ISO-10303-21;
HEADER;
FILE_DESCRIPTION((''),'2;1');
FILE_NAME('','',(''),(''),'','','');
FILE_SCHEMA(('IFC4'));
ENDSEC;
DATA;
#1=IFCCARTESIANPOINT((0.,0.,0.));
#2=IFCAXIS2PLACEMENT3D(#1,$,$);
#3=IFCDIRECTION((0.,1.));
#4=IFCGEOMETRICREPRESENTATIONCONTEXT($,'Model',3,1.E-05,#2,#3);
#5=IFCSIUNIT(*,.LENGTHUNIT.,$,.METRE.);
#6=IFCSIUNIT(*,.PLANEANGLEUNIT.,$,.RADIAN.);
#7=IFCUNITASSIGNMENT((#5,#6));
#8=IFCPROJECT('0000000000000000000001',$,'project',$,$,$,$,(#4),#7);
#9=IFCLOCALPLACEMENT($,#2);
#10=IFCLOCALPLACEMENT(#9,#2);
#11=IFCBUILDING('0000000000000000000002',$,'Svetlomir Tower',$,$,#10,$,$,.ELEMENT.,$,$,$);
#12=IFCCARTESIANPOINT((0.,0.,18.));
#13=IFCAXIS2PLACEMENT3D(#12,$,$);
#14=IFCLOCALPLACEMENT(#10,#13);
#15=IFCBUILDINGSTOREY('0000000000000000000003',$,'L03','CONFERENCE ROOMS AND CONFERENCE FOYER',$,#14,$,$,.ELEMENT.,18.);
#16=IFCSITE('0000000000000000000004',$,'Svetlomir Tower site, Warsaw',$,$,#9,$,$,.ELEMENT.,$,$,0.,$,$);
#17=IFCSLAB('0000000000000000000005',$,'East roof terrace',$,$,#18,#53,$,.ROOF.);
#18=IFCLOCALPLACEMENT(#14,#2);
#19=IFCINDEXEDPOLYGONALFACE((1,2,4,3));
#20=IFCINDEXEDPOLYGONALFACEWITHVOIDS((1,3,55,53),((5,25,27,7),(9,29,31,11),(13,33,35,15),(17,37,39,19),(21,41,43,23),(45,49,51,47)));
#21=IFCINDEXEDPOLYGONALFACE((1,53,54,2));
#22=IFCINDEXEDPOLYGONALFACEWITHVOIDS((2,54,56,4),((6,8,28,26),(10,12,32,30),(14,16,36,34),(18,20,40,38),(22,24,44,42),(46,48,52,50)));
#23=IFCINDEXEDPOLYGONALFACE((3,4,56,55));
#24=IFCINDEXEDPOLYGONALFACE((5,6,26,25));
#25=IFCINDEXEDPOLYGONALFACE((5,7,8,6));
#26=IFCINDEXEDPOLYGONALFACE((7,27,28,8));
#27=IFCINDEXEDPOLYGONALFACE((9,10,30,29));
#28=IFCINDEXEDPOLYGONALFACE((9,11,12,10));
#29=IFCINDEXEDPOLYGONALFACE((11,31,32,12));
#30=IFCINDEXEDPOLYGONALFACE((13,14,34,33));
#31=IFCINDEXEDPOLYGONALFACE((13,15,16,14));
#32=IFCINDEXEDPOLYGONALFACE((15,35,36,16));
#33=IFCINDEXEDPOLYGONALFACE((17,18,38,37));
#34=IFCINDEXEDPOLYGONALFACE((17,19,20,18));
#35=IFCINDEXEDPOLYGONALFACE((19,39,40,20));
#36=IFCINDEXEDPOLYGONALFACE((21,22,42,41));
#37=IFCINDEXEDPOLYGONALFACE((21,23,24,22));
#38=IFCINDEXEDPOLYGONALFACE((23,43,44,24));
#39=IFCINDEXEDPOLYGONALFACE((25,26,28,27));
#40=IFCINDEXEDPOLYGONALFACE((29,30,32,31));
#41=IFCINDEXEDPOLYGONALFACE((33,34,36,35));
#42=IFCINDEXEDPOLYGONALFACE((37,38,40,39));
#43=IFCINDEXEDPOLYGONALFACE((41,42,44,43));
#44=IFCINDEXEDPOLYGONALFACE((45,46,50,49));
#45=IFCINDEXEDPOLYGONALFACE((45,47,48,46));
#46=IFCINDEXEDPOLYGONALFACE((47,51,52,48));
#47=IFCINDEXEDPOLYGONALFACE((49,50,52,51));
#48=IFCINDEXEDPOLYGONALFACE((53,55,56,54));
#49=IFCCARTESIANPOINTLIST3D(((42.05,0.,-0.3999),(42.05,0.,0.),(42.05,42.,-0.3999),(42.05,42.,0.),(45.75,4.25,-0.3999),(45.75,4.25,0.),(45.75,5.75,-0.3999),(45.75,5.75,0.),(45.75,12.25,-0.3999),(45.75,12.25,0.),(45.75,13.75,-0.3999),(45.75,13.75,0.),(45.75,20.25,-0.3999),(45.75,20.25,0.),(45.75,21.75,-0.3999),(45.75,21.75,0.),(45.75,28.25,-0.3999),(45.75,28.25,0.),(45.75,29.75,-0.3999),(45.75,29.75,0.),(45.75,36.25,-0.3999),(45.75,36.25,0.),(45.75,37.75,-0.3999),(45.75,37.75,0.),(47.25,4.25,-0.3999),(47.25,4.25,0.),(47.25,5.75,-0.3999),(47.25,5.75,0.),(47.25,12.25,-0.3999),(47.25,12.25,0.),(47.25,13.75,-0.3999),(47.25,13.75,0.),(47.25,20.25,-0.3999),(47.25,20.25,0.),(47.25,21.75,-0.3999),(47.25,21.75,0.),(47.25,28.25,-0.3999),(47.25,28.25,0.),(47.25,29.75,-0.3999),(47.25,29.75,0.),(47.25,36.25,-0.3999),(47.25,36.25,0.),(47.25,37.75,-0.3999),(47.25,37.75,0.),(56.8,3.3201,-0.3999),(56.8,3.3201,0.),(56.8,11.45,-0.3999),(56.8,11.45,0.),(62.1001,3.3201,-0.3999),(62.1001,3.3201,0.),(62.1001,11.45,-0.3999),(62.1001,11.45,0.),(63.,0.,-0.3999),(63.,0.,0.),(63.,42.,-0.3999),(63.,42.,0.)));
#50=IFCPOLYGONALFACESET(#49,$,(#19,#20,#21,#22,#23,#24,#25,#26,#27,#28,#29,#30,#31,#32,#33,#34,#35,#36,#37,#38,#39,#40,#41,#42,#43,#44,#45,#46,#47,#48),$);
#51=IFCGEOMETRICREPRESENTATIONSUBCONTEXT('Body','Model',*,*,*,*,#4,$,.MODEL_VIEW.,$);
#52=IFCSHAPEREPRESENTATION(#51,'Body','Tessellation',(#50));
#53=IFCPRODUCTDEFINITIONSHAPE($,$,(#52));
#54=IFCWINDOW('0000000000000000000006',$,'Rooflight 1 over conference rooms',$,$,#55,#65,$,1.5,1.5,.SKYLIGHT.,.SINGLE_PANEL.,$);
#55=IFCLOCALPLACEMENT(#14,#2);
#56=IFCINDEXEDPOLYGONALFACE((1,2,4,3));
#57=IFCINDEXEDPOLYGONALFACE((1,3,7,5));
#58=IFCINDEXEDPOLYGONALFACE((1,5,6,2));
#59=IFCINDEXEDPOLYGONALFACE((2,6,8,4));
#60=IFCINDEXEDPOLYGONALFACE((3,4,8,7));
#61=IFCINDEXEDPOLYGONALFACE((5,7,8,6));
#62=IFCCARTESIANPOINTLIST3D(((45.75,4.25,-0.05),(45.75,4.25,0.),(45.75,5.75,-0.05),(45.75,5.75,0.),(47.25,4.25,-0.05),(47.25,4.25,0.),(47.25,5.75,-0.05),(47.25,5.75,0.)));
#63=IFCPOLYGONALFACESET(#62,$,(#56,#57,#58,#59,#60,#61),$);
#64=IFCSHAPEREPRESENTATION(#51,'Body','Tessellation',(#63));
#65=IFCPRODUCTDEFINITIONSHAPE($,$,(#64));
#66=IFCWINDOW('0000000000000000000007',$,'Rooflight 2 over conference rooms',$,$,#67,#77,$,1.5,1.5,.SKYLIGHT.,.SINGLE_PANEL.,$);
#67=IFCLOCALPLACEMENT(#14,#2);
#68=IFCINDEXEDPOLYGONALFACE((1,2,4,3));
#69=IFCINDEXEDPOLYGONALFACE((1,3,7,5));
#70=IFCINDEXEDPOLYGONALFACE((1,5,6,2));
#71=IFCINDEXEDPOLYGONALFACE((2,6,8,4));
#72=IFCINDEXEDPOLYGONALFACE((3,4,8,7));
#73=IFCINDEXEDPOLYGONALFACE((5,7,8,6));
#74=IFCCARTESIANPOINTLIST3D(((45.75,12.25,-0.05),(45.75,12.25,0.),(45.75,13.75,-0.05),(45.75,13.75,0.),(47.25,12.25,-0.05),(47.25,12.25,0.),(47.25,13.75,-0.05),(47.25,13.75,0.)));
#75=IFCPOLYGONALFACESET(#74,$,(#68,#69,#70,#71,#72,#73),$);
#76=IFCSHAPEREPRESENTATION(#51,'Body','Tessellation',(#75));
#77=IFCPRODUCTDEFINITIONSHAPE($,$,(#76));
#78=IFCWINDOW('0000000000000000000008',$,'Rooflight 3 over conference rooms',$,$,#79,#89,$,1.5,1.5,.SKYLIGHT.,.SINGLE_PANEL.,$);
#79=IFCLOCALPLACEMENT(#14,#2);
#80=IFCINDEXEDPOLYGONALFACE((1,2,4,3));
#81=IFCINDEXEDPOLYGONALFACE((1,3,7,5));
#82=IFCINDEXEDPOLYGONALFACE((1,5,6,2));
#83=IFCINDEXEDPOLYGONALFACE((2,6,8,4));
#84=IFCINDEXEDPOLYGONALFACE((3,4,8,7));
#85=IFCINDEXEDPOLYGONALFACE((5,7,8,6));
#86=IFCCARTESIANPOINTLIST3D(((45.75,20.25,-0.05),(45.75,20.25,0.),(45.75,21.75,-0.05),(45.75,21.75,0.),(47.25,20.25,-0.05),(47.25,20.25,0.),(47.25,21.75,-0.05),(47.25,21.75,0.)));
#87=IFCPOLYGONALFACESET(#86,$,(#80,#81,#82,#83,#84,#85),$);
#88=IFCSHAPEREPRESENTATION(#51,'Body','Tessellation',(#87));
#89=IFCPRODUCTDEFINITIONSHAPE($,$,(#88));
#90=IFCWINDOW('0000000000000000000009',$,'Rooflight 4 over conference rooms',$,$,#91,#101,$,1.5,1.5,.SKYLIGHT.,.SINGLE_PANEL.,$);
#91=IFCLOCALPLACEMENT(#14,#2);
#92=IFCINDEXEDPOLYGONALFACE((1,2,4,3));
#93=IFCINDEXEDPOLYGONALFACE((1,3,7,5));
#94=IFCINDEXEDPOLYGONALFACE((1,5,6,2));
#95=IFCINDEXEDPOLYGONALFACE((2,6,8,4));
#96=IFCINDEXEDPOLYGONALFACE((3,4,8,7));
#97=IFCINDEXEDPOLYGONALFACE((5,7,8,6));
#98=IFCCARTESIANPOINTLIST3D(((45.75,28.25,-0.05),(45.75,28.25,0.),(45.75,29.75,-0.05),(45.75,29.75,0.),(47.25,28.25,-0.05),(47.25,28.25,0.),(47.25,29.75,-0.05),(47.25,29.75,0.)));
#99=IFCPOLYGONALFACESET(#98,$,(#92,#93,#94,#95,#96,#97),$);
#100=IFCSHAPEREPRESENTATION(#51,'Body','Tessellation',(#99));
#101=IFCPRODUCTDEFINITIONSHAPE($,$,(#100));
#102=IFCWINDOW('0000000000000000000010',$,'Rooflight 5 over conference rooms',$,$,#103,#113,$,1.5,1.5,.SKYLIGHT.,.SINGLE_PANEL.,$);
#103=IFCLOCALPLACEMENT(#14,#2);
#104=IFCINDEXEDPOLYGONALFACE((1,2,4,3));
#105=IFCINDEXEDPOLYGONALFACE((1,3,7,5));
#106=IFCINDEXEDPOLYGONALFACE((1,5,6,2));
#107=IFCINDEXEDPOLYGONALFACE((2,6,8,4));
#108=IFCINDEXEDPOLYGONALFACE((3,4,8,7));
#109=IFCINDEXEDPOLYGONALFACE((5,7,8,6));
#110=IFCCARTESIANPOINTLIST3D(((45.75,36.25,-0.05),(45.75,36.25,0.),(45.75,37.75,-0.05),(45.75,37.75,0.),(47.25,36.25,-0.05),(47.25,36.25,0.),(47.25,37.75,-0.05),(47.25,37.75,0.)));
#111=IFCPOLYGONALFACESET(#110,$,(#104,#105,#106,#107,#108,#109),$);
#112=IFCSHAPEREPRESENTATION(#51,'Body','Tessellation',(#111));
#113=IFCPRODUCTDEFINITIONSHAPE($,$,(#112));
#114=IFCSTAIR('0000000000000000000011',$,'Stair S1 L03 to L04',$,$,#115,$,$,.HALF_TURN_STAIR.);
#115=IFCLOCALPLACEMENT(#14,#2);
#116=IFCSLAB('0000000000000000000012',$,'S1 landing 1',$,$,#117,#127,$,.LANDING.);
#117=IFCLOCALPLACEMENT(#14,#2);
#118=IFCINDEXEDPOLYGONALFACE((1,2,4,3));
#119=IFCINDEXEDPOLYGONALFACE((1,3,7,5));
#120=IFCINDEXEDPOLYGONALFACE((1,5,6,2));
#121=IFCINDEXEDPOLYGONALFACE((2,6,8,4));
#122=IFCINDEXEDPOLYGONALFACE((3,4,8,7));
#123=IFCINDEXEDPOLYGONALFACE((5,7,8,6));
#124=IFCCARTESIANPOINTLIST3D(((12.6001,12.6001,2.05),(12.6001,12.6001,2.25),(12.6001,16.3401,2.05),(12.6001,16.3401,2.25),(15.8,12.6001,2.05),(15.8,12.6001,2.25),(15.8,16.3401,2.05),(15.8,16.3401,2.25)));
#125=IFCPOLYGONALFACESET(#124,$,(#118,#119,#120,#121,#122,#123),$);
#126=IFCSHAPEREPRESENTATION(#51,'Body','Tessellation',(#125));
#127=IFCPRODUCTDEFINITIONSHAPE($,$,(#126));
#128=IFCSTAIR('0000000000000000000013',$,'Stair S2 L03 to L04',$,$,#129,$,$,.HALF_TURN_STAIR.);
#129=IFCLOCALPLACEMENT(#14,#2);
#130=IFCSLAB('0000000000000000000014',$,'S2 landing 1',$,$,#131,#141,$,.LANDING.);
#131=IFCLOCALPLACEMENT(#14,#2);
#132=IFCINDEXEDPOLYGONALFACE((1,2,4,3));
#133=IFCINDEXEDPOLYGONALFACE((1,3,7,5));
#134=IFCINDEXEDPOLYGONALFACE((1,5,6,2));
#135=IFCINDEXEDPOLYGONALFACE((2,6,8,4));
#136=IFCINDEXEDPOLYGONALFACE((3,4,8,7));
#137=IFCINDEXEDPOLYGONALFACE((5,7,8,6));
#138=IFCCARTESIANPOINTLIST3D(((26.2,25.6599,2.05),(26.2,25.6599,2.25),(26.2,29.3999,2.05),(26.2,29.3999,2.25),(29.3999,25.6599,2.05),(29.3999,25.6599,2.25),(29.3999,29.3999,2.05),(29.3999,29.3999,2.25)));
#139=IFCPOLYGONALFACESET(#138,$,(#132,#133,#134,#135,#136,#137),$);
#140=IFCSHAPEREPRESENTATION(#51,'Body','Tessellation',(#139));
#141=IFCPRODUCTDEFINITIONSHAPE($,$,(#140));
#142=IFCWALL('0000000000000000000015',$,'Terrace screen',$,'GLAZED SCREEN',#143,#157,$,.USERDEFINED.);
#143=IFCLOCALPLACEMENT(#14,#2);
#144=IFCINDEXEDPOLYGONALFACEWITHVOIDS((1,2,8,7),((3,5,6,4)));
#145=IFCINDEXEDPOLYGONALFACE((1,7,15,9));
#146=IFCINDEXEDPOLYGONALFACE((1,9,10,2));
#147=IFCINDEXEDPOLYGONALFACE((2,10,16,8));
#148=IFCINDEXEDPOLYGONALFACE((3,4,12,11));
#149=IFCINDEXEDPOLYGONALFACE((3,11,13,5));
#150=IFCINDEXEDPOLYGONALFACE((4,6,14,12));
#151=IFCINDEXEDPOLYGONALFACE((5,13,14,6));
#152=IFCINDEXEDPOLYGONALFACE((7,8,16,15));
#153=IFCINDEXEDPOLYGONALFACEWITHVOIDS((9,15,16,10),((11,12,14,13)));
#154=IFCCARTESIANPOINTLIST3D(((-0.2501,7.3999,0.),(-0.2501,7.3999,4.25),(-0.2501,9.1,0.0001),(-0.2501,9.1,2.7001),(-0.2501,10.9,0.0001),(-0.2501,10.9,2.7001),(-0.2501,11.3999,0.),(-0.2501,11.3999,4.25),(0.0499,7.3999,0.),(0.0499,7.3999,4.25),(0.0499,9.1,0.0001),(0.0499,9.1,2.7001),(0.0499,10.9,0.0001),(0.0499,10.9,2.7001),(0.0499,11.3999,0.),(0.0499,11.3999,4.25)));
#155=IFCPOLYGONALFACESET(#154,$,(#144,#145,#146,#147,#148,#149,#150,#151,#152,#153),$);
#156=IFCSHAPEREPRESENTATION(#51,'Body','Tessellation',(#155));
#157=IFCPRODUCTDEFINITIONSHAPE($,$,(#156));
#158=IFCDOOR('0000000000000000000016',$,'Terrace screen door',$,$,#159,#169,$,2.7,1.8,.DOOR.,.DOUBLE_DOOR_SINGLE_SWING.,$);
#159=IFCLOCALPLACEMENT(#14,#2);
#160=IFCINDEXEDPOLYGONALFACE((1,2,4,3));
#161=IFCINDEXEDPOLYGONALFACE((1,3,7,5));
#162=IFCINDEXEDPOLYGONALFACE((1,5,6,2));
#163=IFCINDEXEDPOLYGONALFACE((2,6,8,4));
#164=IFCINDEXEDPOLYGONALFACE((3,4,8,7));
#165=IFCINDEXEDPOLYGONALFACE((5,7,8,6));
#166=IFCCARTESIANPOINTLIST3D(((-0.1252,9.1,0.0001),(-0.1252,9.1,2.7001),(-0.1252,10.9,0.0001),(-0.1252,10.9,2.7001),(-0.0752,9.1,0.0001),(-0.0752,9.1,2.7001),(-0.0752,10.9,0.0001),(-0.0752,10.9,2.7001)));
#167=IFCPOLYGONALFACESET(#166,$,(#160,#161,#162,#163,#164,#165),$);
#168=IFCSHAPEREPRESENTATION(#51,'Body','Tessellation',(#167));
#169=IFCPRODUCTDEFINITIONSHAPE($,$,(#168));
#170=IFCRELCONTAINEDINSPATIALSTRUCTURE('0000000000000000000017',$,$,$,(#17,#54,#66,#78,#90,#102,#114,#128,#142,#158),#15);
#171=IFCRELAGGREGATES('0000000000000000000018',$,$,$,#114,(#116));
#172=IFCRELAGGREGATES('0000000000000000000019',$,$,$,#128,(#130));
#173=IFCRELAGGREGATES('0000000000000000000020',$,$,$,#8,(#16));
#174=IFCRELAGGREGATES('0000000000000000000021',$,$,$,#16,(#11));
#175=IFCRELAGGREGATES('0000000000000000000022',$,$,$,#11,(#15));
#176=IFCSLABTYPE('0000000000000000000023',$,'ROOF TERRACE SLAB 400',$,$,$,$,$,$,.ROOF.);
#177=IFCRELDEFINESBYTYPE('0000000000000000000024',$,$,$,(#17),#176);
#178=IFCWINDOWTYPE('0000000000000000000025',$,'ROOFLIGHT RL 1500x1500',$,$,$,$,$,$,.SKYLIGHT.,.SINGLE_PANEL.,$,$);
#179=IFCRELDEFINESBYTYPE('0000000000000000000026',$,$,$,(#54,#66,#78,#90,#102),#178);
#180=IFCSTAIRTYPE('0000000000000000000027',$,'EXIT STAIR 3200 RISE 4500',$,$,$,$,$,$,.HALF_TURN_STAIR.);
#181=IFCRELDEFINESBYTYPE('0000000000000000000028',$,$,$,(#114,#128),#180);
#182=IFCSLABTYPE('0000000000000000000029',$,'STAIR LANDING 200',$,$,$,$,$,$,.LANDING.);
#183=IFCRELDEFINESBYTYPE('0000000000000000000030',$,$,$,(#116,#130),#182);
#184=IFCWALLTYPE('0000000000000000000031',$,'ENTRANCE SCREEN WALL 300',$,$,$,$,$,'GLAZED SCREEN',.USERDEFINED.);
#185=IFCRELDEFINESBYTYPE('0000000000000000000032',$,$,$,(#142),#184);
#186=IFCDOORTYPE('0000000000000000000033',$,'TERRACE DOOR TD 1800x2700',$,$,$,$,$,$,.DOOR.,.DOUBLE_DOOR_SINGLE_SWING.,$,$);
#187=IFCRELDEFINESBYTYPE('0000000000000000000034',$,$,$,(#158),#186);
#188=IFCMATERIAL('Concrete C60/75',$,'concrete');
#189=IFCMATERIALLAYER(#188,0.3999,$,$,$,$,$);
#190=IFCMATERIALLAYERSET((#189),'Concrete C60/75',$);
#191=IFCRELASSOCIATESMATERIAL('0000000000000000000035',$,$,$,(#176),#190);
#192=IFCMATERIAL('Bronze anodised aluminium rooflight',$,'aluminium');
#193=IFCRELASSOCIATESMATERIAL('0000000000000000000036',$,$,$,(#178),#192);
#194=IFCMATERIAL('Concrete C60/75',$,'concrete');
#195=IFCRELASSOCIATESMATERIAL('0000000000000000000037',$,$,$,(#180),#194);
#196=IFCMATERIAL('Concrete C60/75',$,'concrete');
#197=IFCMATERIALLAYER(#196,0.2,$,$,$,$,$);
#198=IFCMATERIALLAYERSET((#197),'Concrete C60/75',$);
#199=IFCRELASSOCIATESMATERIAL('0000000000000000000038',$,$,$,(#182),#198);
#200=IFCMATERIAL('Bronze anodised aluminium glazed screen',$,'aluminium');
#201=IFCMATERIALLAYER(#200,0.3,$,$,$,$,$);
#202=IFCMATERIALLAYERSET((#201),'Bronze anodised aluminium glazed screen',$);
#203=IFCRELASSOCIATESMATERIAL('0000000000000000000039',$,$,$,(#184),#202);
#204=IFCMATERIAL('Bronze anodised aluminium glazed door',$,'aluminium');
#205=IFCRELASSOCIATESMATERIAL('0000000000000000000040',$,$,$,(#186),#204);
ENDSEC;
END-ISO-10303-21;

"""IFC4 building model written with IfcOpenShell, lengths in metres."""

from ifc_helpers import new_model, si_unit, direction, frame, frame_2d, origin, origin_2d, place, context, subcontext, project, spatial, polyline, rectangle, outline, extrude, material, layer, layer_set, type_object, element, fill, aggregate, save


model = new_model("IFC4")

# Units and contexts
model_context = context("Model", 3, precision=1e-05, world=origin(), true_north=direction((0.0, 1.0)))
body_context = subcontext(model_context, "Body", "Model", "MODEL_VIEW")
ifc_project = project(units=[si_unit("LENGTHUNIT", "METRE"), si_unit("PLANEANGLEUNIT", "RADIAN")], contexts=[model_context])

# Site, building, storey
site_placement = place(None, origin())
site = spatial("IfcSite", under=ifc_project, at=site_placement, Name="Svetlomir Tower site, Warsaw", CompositionType="ELEMENT", RefElevation=0.0)
building_placement = place(site_placement, origin())
building = spatial("IfcBuilding", under=site, at=building_placement, Name="Svetlomir Tower", CompositionType="ELEMENT")
storey_placement = place(building_placement, frame((0.0, 0.0, 18.0)))
storey = spatial("IfcBuildingStorey", under=building, at=storey_placement, Name="L03", Description="CONFERENCE ROOMS AND CONFERENCE FOYER", CompositionType="ELEMENT", Elevation=18.0)

# Shared definitions
ifc_material_1 = material(Name="Concrete C60/75", Category="concrete")
ifc_layer_1 = layer(ifc_material_1, 0.3999)
ifc_layer_set_1 = layer_set([ifc_layer_1], Name="Concrete C60/75")
slab_type_1 = type_object("IfcSlabType", Name="ROOF TERRACE SLAB 400", PredefinedType="ROOF", material=ifc_layer_set_1)

# Slab, openings, windows
slab_1_placement = place(storey_placement, frame((0.0, 0.0, -0.3999)))
slab_1 = element("IfcSlab", 1, at=slab_1_placement, inside=storey, type_object=slab_type_1, Name="East roof terrace", PredefinedType="ROOF", context=body_context, shape_type="SweptSolid", body=[
    extrude(outline(polyline([(42.05, 0.0), (63.0, 0.0), (63.0, 42.0), (42.05, 42.0), (42.05, 0.0)]), holes=[polyline([(56.8, 3.3201), (62.1001, 3.3201), (62.1001, 11.45), (56.8, 11.45), (56.8, 3.3201)])]), origin(), (0.0, 0.0, 1.0), 0.3999),
])
opening_1_placement = place(slab_1_placement, frame((46.5, 5.0, 0.0)))
opening_1 = element("IfcOpeningElement", 2, at=opening_1_placement, cuts=slab_1, PredefinedType="OPENING", context=body_context, shape_type="SweptSolid", body=[
    extrude(rectangle(XDim=1.5, YDim=1.5, at=origin_2d()), origin(), (0.0, 0.0, 1.0), 0.3999),
])
opening_2_placement = place(slab_1_placement, frame((46.5, 13.0, 0.0)))
opening_2 = element("IfcOpeningElement", 3, at=opening_2_placement, cuts=slab_1, PredefinedType="OPENING", context=body_context, shape_type="SweptSolid", body=[
    extrude(rectangle(XDim=1.5, YDim=1.5, at=origin_2d()), origin(), (0.0, 0.0, 1.0), 0.3999),
])
opening_3_placement = place(slab_1_placement, frame((46.5, 21.0, 0.0)))
opening_3 = element("IfcOpeningElement", 4, at=opening_3_placement, cuts=slab_1, PredefinedType="OPENING", context=body_context, shape_type="SweptSolid", body=[
    extrude(rectangle(XDim=1.5, YDim=1.5, at=origin_2d()), origin(), (0.0, 0.0, 1.0), 0.3999),
])
opening_4_placement = place(slab_1_placement, frame((46.5, 29.0, 0.0)))
opening_4 = element("IfcOpeningElement", 5, at=opening_4_placement, cuts=slab_1, PredefinedType="OPENING", context=body_context, shape_type="SweptSolid", body=[
    extrude(rectangle(XDim=1.5, YDim=1.5, at=origin_2d()), origin(), (0.0, 0.0, 1.0), 0.3999),
])
opening_5_placement = place(slab_1_placement, frame((46.5, 37.0, 0.0)))
opening_5 = element("IfcOpeningElement", 6, at=opening_5_placement, cuts=slab_1, PredefinedType="OPENING", context=body_context, shape_type="SweptSolid", body=[
    extrude(rectangle(XDim=1.5, YDim=1.5, at=origin_2d()), origin(), (0.0, 0.0, 1.0), 0.3999),
])
ifc_material_2 = material(Name="Bronze anodised aluminium rooflight", Category="aluminium")
window_type = type_object("IfcWindowType", Name="ROOFLIGHT RL 1500x1500", PartitioningType="SINGLE_PANEL", PredefinedType="SKYLIGHT", material=ifc_material_2)
window_1_placement = place(opening_1_placement, frame((0.0, 0.0, 0.3499)))
window_1 = element("IfcWindow", 7, at=window_1_placement, inside=storey, type_object=window_type, Name="Rooflight 1 over conference rooms", OverallHeight=1.5, OverallWidth=1.5, PartitioningType="SINGLE_PANEL", PredefinedType="SKYLIGHT", context=body_context, shape_type="SweptSolid", body=[
    extrude(rectangle(XDim=1.5, YDim=1.5, at=origin_2d()), origin(), (0.0, 0.0, 1.0), 0.05),
])
fill(opening_1, window_1)
window_2_placement = place(opening_2_placement, frame((0.0, 0.0, 0.3499)))
window_2 = element("IfcWindow", 8, at=window_2_placement, inside=storey, type_object=window_type, Name="Rooflight 2 over conference rooms", OverallHeight=1.5, OverallWidth=1.5, PartitioningType="SINGLE_PANEL", PredefinedType="SKYLIGHT", context=body_context, shape_type="SweptSolid", body=[
    extrude(rectangle(XDim=1.5, YDim=1.5, at=origin_2d()), origin(), (0.0, 0.0, 1.0), 0.05),
])
fill(opening_2, window_2)
window_3_placement = place(opening_3_placement, frame((0.0, 0.0, 0.3499)))
window_3 = element("IfcWindow", 9, at=window_3_placement, inside=storey, type_object=window_type, Name="Rooflight 3 over conference rooms", OverallHeight=1.5, OverallWidth=1.5, PartitioningType="SINGLE_PANEL", PredefinedType="SKYLIGHT", context=body_context, shape_type="SweptSolid", body=[
    extrude(rectangle(XDim=1.5, YDim=1.5, at=origin_2d()), origin(), (0.0, 0.0, 1.0), 0.05),
])
fill(opening_3, window_3)
window_4_placement = place(opening_4_placement, frame((0.0, 0.0, 0.3499)))
window_4 = element("IfcWindow", 10, at=window_4_placement, inside=storey, type_object=window_type, Name="Rooflight 4 over conference rooms", OverallHeight=1.5, OverallWidth=1.5, PartitioningType="SINGLE_PANEL", PredefinedType="SKYLIGHT", context=body_context, shape_type="SweptSolid", body=[
    extrude(rectangle(XDim=1.5, YDim=1.5, at=origin_2d()), origin(), (0.0, 0.0, 1.0), 0.05),
])
fill(opening_4, window_4)
window_5_placement = place(opening_5_placement, frame((0.0, 0.0, 0.3499)))
window_5 = element("IfcWindow", 11, at=window_5_placement, inside=storey, type_object=window_type, Name="Rooflight 5 over conference rooms", OverallHeight=1.5, OverallWidth=1.5, PartitioningType="SINGLE_PANEL", PredefinedType="SKYLIGHT", context=body_context, shape_type="SweptSolid", body=[
    extrude(rectangle(XDim=1.5, YDim=1.5, at=origin_2d()), origin(), (0.0, 0.0, 1.0), 0.05),
])
fill(opening_5, window_5)

# Stairs, slabs
ifc_material_3 = material(Name="Concrete C60/75", Category="concrete")
stair_type = type_object("IfcStairType", Name="EXIT STAIR 3200 RISE 4500", PredefinedType="HALF_TURN_STAIR", material=ifc_material_3)
stair_1_placement = place(storey_placement, origin())
stair_1 = element("IfcStair", 12, at=stair_1_placement, inside=storey, type_object=stair_type, Name="Stair S1 L03 to L04", PredefinedType="HALF_TURN_STAIR")
ifc_material_4 = material(Name="Concrete C60/75", Category="concrete")
ifc_layer_2 = layer(ifc_material_4, 0.2)
ifc_layer_set_2 = layer_set([ifc_layer_2], Name="Concrete C60/75")
slab_type_2 = type_object("IfcSlabType", Name="STAIR LANDING 200", PredefinedType="LANDING", material=ifc_layer_set_2)
slab_2_placement = place(storey_placement, frame((0.0, 0.0, 2.05)))
slab_2 = element("IfcSlab", 13, at=slab_2_placement, type_object=slab_type_2, Name="S1 landing 1", PredefinedType="LANDING", context=body_context, shape_type="SweptSolid", body=[
    extrude(outline(polyline([(12.6001, 12.6001), (15.8, 12.6001), (15.8, 16.3401), (12.6001, 16.3401), (12.6001, 12.6001)])), origin(), (0.0, 0.0, 1.0), 0.2),
])
aggregate(stair_1, [slab_2])
stair_2_placement = place(storey_placement, origin())
stair_2 = element("IfcStair", 14, at=stair_2_placement, inside=storey, type_object=stair_type, Name="Stair S2 L03 to L04", PredefinedType="HALF_TURN_STAIR")
slab_3_placement = place(storey_placement, frame((0.0, 0.0, 2.05)))
slab_3 = element("IfcSlab", 15, at=slab_3_placement, type_object=slab_type_2, Name="S2 landing 1", PredefinedType="LANDING", context=body_context, shape_type="SweptSolid", body=[
    extrude(outline(polyline([(26.2, 25.6599), (29.3999, 25.6599), (29.3999, 29.3999), (26.2, 29.3999), (26.2, 25.6599)])), origin(), (0.0, 0.0, 1.0), 0.2),
])
aggregate(stair_2, [slab_3])

# Wall, opening, door
ifc_material_5 = material(Name="Bronze anodised aluminium glazed screen", Category="aluminium")
ifc_layer_3 = layer(ifc_material_5, 0.3)
ifc_layer_set_3 = layer_set([ifc_layer_3], Name="Bronze anodised aluminium glazed screen")
wall_type_1 = type_object("IfcWallType", Name="ENTRANCE SCREEN WALL 300", ElementType="GLAZED SCREEN", PredefinedType="USERDEFINED", material=ifc_layer_set_3)
wall_1_placement = place(storey_placement, frame((-0.1001, 11.3999, 0.0), z_axis=(0.0, 0.0, 1.0), x_axis=(0.0, -1.0, 0.0)))
wall_1 = element("IfcWall", 16, at=wall_1_placement, inside=storey, type_object=wall_type_1, Name="Terrace screen", ObjectType="GLAZED SCREEN", PredefinedType="USERDEFINED", context=body_context, shape_type="SweptSolid", body=[
    extrude(rectangle(XDim=4.0, YDim=0.3, at=frame_2d((2.0, 0.0))), origin(), (0.0, 0.0, 1.0), 4.25),
])
opening_6_placement = place(wall_1_placement, frame((0.5, 0.0, 0.0)))
opening_6 = element("IfcOpeningElement", 17, at=opening_6_placement, cuts=wall_1, PredefinedType="OPENING", context=body_context, shape_type="SweptSolid", body=[
    extrude(rectangle(XDim=1.8, YDim=2.7, at=frame_2d((0.8999, 1.3501))), frame((0.0, 0.1602, 0.0), z_axis=(0.0, -1.0, 0.0), x_axis=(1.0, 0.0, 0.0)), (0.0, 0.0, 1.0), 0.3201),
])
ifc_material_6 = material(Name="Bronze anodised aluminium glazed door", Category="aluminium")
door_type_1 = type_object("IfcDoorType", Name="TERRACE DOOR TD 1800x2700", OperationType="DOUBLE_DOOR_SINGLE_SWING", PredefinedType="DOOR", material=ifc_material_6)
door_1_placement = place(opening_6_placement, origin())
door_1 = element("IfcDoor", 18, at=door_1_placement, inside=storey, type_object=door_type_1, Name="Terrace screen door", OperationType="DOUBLE_DOOR_SINGLE_SWING", OverallHeight=2.7, OverallWidth=1.8, PredefinedType="DOOR", context=body_context, shape_type="SweptSolid", body=[
    extrude(rectangle(XDim=1.8, YDim=2.7, at=frame_2d((0.8999, 1.3501))), frame((0.0, 0.0249, 0.0), z_axis=(0.0, -1.0, 0.0), x_axis=(1.0, 0.0, 0.0)), (0.0, 0.0, 1.0), 0.05),
])
fill(opening_6, door_1)

save(model, "model.ifc")
